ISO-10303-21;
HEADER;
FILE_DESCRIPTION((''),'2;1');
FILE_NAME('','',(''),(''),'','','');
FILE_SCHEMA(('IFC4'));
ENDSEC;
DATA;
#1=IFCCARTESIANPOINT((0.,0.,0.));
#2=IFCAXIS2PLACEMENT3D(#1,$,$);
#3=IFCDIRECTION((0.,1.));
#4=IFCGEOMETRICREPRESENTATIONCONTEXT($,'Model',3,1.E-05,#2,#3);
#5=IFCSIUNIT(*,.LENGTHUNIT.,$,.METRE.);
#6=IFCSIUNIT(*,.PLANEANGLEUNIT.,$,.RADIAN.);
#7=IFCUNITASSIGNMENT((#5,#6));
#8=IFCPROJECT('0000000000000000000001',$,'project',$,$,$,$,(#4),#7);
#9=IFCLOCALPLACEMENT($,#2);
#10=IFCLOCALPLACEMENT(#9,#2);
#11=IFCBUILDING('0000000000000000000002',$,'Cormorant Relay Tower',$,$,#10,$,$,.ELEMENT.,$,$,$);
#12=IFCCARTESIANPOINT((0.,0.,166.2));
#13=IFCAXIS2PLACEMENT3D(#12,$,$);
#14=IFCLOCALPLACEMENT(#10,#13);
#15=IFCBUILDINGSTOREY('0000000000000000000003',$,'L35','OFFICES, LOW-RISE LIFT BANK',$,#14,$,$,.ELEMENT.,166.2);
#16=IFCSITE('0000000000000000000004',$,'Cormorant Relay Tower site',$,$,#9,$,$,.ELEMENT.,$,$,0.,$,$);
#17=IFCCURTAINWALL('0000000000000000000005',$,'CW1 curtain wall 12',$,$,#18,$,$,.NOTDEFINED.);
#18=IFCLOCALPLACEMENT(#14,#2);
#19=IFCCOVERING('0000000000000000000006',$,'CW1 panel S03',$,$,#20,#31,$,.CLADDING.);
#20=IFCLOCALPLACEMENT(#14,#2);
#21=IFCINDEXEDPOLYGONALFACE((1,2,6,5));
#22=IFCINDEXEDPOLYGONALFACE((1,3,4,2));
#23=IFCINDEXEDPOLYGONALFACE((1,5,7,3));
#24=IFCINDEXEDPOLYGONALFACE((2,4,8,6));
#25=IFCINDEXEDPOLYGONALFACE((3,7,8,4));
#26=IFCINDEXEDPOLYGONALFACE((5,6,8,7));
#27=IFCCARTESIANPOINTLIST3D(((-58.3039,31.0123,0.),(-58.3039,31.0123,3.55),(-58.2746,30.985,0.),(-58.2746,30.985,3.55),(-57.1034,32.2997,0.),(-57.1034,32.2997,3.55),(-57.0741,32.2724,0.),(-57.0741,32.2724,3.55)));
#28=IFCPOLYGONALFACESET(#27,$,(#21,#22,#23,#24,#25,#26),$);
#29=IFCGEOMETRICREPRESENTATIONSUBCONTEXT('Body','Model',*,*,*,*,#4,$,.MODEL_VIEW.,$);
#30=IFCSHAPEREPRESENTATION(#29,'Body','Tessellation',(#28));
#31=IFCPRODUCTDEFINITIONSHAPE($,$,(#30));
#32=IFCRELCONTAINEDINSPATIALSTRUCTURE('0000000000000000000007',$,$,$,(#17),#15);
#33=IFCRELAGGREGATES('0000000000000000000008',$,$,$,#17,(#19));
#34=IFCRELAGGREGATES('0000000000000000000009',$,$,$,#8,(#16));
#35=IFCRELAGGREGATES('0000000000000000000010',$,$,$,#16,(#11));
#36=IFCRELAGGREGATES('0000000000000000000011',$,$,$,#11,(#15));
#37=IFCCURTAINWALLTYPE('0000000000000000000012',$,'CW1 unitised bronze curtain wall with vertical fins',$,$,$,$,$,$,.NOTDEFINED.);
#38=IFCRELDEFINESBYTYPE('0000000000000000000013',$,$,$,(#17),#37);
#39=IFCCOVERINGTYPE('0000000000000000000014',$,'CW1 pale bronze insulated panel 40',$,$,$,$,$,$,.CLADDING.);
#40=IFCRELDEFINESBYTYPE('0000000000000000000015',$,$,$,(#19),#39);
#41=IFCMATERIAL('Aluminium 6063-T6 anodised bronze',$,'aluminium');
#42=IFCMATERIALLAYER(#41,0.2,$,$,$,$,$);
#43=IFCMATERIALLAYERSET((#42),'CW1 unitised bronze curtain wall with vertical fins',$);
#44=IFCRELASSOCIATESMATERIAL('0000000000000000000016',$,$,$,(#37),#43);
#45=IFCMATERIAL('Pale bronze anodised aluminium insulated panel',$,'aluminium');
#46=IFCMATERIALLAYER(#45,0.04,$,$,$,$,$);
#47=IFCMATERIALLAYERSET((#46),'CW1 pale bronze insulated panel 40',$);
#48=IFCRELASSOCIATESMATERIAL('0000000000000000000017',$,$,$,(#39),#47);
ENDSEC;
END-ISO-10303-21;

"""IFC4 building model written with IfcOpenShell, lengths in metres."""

from ifc_helpers import new_model, si_unit, direction, frame, origin, origin_2d, place, context, subcontext, project, spatial, rectangle, extrude, material, layer, layer_set, type_object, element, aggregate, save


model = new_model("IFC4")

# Units and contexts
model_context = context("Model", 3, precision=1e-05, world=origin(), true_north=direction((0.0, 1.0)))
body_context = subcontext(model_context, "Body", "Model", "MODEL_VIEW")
ifc_project = project(units=[si_unit("LENGTHUNIT", "METRE"), si_unit("PLANEANGLEUNIT", "RADIAN")], contexts=[model_context])

# Site, building, storey
site_placement = place(None, origin())
site = spatial("IfcSite", under=ifc_project, at=site_placement, Name="Cormorant Relay Tower site", CompositionType="ELEMENT", RefElevation=0.0)
building_placement = place(site_placement, origin())
building = spatial("IfcBuilding", under=site, at=building_placement, Name="Cormorant Relay Tower", CompositionType="ELEMENT")
storey_placement = place(building_placement, frame((0.0, 0.0, 166.2)))
storey = spatial("IfcBuildingStorey", under=building, at=storey_placement, Name="L35", Description="OFFICES, LOW-RISE LIFT BANK", CompositionType="ELEMENT", Elevation=166.2)

# Shared definitions
ifc_material_1 = material(Name="Aluminium 6063-T6 anodised bronze", Category="aluminium")
ifc_layer_1 = layer(ifc_material_1, 0.2)
ifc_layer_set_1 = layer_set([ifc_layer_1], Name="CW1 unitised bronze curtain wall with vertical fins")
curtain_wall_type = type_object("IfcCurtainWallType", Name="CW1 unitised bronze curtain wall with vertical fins", PredefinedType="NOTDEFINED", material=ifc_layer_set_1)

# Curtain wall
curtain_wall_1_placement = place(storey_placement, origin())
curtain_wall_1 = element("IfcCurtainWall", 1, at=curtain_wall_1_placement, inside=storey, type_object=curtain_wall_type, Name="CW1 curtain wall 12", PredefinedType="NOTDEFINED")

# Covering
ifc_material_2 = material(Name="Pale bronze anodised aluminium insulated panel", Category="aluminium")
ifc_layer_2 = layer(ifc_material_2, 0.04)
ifc_layer_set_2 = layer_set([ifc_layer_2], Name="CW1 pale bronze insulated panel 40")
covering_type = type_object("IfcCoveringType", Name="CW1 pale bronze insulated panel 40", PredefinedType="CLADDING", material=ifc_layer_set_2)
covering_1_placement = place(storey_placement, frame((-57.689, 31.6423, 0.0), z_axis=(0.0, 0.0, 1.0), x_axis=(-0.681998, -0.731354, 0.0)))
covering_1 = element("IfcCovering", 2, at=covering_1_placement, type_object=covering_type, Name="CW1 panel S03", PredefinedType="CLADDING", context=body_context, shape_type="SweptSolid", body=[
    extrude(rectangle(XDim=1.7603, YDim=0.04, at=origin_2d()), origin(), (0.0, 0.0, 1.0), 3.55),
])
aggregate(curtain_wall_1, [covering_1])

save(model, "model.ifc")
